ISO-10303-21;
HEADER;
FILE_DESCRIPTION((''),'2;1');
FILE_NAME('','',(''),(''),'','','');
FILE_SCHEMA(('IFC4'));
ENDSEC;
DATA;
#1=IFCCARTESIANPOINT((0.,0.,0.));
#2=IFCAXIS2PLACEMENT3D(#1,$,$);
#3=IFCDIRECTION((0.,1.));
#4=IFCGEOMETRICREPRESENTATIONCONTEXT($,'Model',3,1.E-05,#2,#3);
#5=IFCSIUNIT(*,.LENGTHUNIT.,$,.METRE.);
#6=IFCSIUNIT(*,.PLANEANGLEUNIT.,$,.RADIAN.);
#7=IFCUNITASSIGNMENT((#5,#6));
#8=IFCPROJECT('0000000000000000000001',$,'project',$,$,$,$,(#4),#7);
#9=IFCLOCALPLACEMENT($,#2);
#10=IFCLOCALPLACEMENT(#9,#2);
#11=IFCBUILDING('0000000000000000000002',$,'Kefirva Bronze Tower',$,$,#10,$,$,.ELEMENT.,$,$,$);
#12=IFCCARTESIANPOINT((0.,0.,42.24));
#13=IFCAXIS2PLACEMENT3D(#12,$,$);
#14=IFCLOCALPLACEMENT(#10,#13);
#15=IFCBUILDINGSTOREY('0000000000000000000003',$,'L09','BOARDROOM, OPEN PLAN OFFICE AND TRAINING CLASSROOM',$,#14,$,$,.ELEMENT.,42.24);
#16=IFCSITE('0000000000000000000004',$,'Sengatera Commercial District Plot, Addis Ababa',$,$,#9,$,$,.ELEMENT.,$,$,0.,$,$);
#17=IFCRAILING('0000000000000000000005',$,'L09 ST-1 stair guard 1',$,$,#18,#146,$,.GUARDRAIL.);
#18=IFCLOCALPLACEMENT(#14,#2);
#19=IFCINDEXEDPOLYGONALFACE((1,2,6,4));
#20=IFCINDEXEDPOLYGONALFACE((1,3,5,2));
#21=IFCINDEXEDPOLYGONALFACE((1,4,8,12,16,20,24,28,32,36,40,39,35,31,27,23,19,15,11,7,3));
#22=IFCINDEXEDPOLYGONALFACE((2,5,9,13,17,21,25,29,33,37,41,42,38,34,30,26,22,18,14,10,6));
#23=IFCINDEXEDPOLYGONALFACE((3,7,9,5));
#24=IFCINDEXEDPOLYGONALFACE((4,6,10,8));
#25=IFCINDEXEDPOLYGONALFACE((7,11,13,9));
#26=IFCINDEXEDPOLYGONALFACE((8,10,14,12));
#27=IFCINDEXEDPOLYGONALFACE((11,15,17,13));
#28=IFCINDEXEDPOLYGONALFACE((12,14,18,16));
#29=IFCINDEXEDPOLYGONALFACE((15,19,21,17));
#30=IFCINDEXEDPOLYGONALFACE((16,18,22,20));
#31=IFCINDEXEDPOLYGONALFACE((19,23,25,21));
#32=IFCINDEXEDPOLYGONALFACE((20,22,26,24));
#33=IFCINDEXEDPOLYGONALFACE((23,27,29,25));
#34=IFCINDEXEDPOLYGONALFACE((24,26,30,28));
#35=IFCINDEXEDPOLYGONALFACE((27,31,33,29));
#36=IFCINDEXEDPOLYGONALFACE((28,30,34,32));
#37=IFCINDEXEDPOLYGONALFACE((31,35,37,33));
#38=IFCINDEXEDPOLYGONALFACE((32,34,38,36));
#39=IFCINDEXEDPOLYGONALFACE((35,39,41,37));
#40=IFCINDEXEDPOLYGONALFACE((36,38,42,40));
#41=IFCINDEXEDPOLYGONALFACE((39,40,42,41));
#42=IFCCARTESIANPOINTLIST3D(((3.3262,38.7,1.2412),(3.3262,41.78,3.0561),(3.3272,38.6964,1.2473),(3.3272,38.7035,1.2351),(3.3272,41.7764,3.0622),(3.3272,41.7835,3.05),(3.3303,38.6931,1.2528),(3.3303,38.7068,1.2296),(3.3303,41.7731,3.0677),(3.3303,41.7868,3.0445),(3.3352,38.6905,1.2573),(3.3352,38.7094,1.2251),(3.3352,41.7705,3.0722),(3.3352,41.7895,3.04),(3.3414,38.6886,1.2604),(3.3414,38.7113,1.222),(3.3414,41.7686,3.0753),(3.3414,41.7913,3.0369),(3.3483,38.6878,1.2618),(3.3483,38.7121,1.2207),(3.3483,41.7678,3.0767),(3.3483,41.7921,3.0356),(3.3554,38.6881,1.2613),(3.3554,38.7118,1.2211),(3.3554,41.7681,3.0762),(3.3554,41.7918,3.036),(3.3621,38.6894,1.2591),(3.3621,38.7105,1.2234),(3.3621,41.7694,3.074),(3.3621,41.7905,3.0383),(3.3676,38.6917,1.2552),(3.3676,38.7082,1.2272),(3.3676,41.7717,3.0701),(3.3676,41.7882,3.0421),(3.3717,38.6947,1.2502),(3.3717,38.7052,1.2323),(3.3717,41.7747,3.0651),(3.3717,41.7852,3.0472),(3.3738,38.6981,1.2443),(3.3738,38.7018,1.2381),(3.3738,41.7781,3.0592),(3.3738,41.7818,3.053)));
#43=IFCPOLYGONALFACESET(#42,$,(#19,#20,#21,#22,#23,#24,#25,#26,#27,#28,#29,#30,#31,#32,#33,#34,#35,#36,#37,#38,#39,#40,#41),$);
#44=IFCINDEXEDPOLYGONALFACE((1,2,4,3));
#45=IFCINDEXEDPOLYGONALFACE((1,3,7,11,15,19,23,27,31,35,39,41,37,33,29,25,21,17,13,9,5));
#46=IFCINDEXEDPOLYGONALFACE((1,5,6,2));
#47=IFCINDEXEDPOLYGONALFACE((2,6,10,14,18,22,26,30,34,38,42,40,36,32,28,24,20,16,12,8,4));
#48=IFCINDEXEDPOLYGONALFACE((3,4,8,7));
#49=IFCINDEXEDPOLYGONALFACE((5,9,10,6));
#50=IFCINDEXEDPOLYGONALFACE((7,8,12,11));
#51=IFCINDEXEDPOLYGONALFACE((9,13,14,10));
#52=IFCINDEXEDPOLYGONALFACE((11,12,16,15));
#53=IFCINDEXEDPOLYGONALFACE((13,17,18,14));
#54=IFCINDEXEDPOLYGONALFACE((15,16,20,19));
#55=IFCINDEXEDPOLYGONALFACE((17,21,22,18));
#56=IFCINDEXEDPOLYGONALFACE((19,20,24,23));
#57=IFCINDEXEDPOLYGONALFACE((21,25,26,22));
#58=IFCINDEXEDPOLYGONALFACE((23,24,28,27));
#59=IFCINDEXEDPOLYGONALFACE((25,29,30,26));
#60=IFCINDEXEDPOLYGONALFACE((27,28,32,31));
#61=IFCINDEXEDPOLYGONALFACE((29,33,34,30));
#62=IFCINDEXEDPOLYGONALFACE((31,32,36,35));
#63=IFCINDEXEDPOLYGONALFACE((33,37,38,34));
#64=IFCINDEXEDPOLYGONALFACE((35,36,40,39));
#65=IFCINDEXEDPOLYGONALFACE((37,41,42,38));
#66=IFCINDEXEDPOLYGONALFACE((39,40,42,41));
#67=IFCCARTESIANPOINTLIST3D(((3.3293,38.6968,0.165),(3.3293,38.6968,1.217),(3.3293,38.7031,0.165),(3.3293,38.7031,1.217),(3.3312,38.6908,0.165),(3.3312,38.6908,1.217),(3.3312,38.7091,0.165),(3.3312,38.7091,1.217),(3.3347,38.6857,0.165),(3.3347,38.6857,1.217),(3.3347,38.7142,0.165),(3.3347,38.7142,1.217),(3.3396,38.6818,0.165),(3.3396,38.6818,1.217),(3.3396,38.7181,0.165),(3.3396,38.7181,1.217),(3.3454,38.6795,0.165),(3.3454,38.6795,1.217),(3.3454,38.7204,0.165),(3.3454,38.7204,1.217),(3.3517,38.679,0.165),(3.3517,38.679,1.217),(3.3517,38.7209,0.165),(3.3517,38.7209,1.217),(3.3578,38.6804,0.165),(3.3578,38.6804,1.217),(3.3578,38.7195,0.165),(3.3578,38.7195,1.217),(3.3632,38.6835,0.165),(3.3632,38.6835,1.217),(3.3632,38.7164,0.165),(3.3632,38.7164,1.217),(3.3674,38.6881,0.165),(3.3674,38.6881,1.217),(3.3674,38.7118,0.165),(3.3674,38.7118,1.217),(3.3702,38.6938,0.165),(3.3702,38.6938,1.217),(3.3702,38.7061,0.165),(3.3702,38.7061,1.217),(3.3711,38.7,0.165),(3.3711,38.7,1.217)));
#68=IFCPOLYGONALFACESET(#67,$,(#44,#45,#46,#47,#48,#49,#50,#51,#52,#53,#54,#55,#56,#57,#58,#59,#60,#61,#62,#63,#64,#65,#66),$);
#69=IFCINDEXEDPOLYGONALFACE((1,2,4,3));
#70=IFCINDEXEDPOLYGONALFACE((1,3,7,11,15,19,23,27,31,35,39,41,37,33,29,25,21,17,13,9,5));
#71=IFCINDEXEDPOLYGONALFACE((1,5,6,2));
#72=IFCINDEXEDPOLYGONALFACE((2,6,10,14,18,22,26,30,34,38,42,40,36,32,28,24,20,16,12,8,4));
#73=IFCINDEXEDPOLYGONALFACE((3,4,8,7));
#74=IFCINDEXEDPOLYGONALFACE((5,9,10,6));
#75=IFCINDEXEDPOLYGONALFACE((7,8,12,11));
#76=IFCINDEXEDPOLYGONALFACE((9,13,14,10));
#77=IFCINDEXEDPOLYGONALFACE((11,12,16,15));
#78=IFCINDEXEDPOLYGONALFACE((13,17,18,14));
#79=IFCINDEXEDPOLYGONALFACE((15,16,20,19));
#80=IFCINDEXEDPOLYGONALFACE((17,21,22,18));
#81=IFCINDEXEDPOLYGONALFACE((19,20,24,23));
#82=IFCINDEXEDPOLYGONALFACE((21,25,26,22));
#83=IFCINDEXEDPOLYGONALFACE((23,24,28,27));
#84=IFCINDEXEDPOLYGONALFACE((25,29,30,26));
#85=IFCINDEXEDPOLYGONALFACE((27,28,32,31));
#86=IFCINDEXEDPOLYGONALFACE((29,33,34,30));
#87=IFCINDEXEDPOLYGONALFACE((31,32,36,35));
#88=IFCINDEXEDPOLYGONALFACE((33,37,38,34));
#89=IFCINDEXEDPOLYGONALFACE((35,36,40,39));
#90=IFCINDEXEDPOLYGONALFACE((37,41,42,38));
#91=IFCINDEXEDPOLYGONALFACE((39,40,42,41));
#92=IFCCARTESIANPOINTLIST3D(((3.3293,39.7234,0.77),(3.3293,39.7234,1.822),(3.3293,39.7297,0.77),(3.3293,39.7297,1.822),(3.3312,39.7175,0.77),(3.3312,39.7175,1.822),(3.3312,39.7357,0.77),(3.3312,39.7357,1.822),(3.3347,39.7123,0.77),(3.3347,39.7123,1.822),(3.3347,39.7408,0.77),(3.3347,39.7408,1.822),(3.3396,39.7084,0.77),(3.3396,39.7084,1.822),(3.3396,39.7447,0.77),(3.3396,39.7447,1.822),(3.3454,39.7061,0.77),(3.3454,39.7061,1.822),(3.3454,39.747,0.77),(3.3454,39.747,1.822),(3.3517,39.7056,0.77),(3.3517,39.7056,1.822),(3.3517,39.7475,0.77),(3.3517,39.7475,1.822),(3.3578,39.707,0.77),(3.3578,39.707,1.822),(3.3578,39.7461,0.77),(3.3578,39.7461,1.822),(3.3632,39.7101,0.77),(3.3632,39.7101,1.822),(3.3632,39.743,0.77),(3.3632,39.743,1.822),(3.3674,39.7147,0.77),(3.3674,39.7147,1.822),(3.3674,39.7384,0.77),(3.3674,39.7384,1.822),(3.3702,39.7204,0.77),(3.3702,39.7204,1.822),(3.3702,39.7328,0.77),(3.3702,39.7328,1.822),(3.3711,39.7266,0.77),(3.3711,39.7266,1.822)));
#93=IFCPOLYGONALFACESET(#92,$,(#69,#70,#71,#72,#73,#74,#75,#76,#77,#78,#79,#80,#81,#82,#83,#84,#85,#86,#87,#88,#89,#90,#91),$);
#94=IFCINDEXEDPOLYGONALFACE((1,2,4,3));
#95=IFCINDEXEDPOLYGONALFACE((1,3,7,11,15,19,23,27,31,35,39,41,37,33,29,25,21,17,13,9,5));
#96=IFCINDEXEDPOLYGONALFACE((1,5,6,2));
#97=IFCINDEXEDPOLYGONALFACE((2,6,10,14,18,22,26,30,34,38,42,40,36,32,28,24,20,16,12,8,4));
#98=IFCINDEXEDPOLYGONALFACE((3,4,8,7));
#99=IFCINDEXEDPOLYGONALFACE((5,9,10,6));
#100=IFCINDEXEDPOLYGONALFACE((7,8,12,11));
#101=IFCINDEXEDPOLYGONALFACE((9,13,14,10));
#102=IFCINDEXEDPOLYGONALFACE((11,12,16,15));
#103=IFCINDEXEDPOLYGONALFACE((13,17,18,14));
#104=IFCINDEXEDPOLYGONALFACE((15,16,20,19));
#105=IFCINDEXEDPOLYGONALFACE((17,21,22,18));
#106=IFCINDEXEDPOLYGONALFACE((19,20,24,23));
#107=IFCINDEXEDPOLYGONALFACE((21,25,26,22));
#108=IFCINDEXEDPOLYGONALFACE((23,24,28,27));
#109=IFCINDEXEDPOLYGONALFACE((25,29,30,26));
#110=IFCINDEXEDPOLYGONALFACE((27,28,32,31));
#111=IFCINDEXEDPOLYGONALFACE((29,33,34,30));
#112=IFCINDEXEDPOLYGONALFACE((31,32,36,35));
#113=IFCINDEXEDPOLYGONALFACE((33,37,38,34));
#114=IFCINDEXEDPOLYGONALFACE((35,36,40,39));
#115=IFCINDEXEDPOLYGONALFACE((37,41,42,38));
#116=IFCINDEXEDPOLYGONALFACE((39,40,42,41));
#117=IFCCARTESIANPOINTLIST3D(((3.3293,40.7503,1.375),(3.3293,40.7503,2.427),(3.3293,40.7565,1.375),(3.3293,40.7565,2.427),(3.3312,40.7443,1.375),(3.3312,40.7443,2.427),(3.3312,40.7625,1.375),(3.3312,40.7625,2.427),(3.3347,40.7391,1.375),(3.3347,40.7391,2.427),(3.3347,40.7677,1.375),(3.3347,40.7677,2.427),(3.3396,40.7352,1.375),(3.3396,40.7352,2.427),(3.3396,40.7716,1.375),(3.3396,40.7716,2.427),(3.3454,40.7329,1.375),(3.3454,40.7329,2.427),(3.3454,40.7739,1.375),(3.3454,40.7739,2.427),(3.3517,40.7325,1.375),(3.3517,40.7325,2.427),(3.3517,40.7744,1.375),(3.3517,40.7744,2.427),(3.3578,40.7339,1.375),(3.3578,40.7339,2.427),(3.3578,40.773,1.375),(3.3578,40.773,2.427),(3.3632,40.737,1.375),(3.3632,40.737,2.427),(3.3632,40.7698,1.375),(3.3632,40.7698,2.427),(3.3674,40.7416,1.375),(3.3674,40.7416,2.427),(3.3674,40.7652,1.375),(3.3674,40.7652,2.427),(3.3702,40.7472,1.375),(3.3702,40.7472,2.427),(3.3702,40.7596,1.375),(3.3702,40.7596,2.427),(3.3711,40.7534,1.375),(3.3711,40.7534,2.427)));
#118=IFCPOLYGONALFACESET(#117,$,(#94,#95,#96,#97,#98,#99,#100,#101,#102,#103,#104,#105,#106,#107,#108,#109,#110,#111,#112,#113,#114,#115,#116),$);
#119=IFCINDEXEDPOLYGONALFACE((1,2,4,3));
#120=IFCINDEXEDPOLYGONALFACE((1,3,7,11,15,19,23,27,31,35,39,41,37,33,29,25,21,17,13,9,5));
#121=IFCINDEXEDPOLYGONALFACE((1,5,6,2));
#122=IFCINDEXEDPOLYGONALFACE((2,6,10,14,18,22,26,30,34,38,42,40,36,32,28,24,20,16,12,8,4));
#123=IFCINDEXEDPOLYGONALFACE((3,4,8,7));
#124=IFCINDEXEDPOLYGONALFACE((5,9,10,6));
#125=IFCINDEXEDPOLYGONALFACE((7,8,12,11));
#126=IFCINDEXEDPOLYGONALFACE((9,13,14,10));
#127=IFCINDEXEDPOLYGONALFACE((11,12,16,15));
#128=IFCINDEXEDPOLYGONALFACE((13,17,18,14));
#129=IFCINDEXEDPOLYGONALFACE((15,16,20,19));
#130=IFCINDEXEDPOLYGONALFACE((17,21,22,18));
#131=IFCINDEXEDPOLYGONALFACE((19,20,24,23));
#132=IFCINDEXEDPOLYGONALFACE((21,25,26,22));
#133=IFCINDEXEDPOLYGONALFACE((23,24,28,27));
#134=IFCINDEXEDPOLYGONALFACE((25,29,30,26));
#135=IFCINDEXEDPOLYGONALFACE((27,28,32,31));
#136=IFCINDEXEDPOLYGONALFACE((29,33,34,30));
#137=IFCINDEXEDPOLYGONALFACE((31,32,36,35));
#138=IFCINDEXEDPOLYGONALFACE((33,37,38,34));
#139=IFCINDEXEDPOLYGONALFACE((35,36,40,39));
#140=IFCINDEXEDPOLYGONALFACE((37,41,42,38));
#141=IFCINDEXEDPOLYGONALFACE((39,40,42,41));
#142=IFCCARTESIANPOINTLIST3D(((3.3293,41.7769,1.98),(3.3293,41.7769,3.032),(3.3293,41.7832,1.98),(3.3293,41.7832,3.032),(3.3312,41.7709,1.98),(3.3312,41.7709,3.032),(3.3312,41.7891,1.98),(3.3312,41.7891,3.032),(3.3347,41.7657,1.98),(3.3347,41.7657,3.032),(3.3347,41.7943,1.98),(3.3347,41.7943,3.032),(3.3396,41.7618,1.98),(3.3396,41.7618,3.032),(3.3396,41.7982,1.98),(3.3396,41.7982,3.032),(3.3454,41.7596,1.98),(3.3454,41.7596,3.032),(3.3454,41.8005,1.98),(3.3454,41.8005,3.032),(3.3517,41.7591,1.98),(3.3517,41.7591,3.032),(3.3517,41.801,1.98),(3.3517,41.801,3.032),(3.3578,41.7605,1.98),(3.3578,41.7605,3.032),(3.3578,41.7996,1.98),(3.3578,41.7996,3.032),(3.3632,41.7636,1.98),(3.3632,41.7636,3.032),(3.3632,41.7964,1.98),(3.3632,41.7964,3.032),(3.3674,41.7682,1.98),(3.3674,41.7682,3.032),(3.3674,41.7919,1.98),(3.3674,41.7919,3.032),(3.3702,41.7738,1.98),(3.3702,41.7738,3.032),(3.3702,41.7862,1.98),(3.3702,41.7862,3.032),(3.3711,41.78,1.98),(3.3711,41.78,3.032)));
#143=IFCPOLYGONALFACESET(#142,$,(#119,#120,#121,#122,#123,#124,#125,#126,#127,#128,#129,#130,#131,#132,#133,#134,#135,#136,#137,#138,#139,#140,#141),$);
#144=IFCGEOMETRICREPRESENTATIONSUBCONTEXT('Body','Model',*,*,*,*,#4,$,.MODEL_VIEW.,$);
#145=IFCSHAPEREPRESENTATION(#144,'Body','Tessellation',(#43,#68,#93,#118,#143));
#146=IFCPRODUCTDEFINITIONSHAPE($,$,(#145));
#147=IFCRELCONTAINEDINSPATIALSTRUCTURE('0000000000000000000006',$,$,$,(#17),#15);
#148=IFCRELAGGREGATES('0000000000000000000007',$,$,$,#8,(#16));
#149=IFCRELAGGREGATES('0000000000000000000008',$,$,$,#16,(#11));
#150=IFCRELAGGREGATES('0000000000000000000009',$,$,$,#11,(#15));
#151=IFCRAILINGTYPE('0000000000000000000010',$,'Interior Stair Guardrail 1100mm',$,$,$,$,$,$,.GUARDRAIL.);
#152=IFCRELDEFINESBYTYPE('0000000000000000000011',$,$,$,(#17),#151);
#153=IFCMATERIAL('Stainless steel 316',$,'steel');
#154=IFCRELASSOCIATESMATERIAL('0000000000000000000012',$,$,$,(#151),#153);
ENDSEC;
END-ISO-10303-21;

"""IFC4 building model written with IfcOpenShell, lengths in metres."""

from ifc_helpers import new_model, si_unit, direction, frame, origin, origin_2d, place, context, subcontext, project, spatial, circle, extrude, material, type_object, element, save


model = new_model("IFC4")

# Units and contexts
model_context = context("Model", 3, precision=1e-05, world=origin(), true_north=direction((0.0, 1.0)))
body_context = subcontext(model_context, "Body", "Model", "MODEL_VIEW")
ifc_project = project(units=[si_unit("LENGTHUNIT", "METRE"), si_unit("PLANEANGLEUNIT", "RADIAN")], contexts=[model_context])

# Site, building, storey
site_placement = place(None, origin())
site = spatial("IfcSite", under=ifc_project, at=site_placement, Name="Sengatera Commercial District Plot, Addis Ababa", CompositionType="ELEMENT", RefElevation=0.0)
building_placement = place(site_placement, origin())
building = spatial("IfcBuilding", under=site, at=building_placement, Name="Kefirva Bronze Tower", CompositionType="ELEMENT")
storey_placement = place(building_placement, frame((0.0, 0.0, 42.24)))
storey = spatial("IfcBuildingStorey", under=building, at=storey_placement, Name="L09", Description="BOARDROOM, OPEN PLAN OFFICE AND TRAINING CLASSROOM", CompositionType="ELEMENT", Elevation=42.24)

# Railing
ifc_material_1 = material(Name="Stainless steel 316", Category="steel")
railing_type_1 = type_object("IfcRailingType", Name="Interior Stair Guardrail 1100mm", PredefinedType="GUARDRAIL", material=ifc_material_1)
railing_1_placement = place(storey_placement, frame((3.3501, 38.7, 0.165)))
element("IfcRailing", 1, at=railing_1_placement, inside=storey, type_object=railing_type_1, Name="L09 ST-1 stair guard 1", PredefinedType="GUARDRAIL", context=body_context, shape_type="SweptSolid", body=[
    extrude(circle(Radius=0.0239, at=origin_2d()), frame((0.0, 0.0, 1.0762), z_axis=(0.0, 0.861551, 0.507671), x_axis=(-1.0, 0.0, 0.0)), (0.0, 0.0, 1.0), 3.575),
    extrude(circle(Radius=0.021, at=origin_2d()), origin(), (0.0, 0.0, 1.0), 1.052),
    extrude(circle(Radius=0.021, at=origin_2d()), frame((0.0, 1.0266, 0.605)), (0.0, 0.0, 1.0), 1.052),
    extrude(circle(Radius=0.021, at=origin_2d()), frame((0.0, 2.0535, 1.21)), (0.0, 0.0, 1.0), 1.052),
    extrude(circle(Radius=0.021, at=origin_2d()), frame((0.0, 3.0801, 1.8149)), (0.0, 0.0, 1.0), 1.052),
])

save(model, "model.ifc")
